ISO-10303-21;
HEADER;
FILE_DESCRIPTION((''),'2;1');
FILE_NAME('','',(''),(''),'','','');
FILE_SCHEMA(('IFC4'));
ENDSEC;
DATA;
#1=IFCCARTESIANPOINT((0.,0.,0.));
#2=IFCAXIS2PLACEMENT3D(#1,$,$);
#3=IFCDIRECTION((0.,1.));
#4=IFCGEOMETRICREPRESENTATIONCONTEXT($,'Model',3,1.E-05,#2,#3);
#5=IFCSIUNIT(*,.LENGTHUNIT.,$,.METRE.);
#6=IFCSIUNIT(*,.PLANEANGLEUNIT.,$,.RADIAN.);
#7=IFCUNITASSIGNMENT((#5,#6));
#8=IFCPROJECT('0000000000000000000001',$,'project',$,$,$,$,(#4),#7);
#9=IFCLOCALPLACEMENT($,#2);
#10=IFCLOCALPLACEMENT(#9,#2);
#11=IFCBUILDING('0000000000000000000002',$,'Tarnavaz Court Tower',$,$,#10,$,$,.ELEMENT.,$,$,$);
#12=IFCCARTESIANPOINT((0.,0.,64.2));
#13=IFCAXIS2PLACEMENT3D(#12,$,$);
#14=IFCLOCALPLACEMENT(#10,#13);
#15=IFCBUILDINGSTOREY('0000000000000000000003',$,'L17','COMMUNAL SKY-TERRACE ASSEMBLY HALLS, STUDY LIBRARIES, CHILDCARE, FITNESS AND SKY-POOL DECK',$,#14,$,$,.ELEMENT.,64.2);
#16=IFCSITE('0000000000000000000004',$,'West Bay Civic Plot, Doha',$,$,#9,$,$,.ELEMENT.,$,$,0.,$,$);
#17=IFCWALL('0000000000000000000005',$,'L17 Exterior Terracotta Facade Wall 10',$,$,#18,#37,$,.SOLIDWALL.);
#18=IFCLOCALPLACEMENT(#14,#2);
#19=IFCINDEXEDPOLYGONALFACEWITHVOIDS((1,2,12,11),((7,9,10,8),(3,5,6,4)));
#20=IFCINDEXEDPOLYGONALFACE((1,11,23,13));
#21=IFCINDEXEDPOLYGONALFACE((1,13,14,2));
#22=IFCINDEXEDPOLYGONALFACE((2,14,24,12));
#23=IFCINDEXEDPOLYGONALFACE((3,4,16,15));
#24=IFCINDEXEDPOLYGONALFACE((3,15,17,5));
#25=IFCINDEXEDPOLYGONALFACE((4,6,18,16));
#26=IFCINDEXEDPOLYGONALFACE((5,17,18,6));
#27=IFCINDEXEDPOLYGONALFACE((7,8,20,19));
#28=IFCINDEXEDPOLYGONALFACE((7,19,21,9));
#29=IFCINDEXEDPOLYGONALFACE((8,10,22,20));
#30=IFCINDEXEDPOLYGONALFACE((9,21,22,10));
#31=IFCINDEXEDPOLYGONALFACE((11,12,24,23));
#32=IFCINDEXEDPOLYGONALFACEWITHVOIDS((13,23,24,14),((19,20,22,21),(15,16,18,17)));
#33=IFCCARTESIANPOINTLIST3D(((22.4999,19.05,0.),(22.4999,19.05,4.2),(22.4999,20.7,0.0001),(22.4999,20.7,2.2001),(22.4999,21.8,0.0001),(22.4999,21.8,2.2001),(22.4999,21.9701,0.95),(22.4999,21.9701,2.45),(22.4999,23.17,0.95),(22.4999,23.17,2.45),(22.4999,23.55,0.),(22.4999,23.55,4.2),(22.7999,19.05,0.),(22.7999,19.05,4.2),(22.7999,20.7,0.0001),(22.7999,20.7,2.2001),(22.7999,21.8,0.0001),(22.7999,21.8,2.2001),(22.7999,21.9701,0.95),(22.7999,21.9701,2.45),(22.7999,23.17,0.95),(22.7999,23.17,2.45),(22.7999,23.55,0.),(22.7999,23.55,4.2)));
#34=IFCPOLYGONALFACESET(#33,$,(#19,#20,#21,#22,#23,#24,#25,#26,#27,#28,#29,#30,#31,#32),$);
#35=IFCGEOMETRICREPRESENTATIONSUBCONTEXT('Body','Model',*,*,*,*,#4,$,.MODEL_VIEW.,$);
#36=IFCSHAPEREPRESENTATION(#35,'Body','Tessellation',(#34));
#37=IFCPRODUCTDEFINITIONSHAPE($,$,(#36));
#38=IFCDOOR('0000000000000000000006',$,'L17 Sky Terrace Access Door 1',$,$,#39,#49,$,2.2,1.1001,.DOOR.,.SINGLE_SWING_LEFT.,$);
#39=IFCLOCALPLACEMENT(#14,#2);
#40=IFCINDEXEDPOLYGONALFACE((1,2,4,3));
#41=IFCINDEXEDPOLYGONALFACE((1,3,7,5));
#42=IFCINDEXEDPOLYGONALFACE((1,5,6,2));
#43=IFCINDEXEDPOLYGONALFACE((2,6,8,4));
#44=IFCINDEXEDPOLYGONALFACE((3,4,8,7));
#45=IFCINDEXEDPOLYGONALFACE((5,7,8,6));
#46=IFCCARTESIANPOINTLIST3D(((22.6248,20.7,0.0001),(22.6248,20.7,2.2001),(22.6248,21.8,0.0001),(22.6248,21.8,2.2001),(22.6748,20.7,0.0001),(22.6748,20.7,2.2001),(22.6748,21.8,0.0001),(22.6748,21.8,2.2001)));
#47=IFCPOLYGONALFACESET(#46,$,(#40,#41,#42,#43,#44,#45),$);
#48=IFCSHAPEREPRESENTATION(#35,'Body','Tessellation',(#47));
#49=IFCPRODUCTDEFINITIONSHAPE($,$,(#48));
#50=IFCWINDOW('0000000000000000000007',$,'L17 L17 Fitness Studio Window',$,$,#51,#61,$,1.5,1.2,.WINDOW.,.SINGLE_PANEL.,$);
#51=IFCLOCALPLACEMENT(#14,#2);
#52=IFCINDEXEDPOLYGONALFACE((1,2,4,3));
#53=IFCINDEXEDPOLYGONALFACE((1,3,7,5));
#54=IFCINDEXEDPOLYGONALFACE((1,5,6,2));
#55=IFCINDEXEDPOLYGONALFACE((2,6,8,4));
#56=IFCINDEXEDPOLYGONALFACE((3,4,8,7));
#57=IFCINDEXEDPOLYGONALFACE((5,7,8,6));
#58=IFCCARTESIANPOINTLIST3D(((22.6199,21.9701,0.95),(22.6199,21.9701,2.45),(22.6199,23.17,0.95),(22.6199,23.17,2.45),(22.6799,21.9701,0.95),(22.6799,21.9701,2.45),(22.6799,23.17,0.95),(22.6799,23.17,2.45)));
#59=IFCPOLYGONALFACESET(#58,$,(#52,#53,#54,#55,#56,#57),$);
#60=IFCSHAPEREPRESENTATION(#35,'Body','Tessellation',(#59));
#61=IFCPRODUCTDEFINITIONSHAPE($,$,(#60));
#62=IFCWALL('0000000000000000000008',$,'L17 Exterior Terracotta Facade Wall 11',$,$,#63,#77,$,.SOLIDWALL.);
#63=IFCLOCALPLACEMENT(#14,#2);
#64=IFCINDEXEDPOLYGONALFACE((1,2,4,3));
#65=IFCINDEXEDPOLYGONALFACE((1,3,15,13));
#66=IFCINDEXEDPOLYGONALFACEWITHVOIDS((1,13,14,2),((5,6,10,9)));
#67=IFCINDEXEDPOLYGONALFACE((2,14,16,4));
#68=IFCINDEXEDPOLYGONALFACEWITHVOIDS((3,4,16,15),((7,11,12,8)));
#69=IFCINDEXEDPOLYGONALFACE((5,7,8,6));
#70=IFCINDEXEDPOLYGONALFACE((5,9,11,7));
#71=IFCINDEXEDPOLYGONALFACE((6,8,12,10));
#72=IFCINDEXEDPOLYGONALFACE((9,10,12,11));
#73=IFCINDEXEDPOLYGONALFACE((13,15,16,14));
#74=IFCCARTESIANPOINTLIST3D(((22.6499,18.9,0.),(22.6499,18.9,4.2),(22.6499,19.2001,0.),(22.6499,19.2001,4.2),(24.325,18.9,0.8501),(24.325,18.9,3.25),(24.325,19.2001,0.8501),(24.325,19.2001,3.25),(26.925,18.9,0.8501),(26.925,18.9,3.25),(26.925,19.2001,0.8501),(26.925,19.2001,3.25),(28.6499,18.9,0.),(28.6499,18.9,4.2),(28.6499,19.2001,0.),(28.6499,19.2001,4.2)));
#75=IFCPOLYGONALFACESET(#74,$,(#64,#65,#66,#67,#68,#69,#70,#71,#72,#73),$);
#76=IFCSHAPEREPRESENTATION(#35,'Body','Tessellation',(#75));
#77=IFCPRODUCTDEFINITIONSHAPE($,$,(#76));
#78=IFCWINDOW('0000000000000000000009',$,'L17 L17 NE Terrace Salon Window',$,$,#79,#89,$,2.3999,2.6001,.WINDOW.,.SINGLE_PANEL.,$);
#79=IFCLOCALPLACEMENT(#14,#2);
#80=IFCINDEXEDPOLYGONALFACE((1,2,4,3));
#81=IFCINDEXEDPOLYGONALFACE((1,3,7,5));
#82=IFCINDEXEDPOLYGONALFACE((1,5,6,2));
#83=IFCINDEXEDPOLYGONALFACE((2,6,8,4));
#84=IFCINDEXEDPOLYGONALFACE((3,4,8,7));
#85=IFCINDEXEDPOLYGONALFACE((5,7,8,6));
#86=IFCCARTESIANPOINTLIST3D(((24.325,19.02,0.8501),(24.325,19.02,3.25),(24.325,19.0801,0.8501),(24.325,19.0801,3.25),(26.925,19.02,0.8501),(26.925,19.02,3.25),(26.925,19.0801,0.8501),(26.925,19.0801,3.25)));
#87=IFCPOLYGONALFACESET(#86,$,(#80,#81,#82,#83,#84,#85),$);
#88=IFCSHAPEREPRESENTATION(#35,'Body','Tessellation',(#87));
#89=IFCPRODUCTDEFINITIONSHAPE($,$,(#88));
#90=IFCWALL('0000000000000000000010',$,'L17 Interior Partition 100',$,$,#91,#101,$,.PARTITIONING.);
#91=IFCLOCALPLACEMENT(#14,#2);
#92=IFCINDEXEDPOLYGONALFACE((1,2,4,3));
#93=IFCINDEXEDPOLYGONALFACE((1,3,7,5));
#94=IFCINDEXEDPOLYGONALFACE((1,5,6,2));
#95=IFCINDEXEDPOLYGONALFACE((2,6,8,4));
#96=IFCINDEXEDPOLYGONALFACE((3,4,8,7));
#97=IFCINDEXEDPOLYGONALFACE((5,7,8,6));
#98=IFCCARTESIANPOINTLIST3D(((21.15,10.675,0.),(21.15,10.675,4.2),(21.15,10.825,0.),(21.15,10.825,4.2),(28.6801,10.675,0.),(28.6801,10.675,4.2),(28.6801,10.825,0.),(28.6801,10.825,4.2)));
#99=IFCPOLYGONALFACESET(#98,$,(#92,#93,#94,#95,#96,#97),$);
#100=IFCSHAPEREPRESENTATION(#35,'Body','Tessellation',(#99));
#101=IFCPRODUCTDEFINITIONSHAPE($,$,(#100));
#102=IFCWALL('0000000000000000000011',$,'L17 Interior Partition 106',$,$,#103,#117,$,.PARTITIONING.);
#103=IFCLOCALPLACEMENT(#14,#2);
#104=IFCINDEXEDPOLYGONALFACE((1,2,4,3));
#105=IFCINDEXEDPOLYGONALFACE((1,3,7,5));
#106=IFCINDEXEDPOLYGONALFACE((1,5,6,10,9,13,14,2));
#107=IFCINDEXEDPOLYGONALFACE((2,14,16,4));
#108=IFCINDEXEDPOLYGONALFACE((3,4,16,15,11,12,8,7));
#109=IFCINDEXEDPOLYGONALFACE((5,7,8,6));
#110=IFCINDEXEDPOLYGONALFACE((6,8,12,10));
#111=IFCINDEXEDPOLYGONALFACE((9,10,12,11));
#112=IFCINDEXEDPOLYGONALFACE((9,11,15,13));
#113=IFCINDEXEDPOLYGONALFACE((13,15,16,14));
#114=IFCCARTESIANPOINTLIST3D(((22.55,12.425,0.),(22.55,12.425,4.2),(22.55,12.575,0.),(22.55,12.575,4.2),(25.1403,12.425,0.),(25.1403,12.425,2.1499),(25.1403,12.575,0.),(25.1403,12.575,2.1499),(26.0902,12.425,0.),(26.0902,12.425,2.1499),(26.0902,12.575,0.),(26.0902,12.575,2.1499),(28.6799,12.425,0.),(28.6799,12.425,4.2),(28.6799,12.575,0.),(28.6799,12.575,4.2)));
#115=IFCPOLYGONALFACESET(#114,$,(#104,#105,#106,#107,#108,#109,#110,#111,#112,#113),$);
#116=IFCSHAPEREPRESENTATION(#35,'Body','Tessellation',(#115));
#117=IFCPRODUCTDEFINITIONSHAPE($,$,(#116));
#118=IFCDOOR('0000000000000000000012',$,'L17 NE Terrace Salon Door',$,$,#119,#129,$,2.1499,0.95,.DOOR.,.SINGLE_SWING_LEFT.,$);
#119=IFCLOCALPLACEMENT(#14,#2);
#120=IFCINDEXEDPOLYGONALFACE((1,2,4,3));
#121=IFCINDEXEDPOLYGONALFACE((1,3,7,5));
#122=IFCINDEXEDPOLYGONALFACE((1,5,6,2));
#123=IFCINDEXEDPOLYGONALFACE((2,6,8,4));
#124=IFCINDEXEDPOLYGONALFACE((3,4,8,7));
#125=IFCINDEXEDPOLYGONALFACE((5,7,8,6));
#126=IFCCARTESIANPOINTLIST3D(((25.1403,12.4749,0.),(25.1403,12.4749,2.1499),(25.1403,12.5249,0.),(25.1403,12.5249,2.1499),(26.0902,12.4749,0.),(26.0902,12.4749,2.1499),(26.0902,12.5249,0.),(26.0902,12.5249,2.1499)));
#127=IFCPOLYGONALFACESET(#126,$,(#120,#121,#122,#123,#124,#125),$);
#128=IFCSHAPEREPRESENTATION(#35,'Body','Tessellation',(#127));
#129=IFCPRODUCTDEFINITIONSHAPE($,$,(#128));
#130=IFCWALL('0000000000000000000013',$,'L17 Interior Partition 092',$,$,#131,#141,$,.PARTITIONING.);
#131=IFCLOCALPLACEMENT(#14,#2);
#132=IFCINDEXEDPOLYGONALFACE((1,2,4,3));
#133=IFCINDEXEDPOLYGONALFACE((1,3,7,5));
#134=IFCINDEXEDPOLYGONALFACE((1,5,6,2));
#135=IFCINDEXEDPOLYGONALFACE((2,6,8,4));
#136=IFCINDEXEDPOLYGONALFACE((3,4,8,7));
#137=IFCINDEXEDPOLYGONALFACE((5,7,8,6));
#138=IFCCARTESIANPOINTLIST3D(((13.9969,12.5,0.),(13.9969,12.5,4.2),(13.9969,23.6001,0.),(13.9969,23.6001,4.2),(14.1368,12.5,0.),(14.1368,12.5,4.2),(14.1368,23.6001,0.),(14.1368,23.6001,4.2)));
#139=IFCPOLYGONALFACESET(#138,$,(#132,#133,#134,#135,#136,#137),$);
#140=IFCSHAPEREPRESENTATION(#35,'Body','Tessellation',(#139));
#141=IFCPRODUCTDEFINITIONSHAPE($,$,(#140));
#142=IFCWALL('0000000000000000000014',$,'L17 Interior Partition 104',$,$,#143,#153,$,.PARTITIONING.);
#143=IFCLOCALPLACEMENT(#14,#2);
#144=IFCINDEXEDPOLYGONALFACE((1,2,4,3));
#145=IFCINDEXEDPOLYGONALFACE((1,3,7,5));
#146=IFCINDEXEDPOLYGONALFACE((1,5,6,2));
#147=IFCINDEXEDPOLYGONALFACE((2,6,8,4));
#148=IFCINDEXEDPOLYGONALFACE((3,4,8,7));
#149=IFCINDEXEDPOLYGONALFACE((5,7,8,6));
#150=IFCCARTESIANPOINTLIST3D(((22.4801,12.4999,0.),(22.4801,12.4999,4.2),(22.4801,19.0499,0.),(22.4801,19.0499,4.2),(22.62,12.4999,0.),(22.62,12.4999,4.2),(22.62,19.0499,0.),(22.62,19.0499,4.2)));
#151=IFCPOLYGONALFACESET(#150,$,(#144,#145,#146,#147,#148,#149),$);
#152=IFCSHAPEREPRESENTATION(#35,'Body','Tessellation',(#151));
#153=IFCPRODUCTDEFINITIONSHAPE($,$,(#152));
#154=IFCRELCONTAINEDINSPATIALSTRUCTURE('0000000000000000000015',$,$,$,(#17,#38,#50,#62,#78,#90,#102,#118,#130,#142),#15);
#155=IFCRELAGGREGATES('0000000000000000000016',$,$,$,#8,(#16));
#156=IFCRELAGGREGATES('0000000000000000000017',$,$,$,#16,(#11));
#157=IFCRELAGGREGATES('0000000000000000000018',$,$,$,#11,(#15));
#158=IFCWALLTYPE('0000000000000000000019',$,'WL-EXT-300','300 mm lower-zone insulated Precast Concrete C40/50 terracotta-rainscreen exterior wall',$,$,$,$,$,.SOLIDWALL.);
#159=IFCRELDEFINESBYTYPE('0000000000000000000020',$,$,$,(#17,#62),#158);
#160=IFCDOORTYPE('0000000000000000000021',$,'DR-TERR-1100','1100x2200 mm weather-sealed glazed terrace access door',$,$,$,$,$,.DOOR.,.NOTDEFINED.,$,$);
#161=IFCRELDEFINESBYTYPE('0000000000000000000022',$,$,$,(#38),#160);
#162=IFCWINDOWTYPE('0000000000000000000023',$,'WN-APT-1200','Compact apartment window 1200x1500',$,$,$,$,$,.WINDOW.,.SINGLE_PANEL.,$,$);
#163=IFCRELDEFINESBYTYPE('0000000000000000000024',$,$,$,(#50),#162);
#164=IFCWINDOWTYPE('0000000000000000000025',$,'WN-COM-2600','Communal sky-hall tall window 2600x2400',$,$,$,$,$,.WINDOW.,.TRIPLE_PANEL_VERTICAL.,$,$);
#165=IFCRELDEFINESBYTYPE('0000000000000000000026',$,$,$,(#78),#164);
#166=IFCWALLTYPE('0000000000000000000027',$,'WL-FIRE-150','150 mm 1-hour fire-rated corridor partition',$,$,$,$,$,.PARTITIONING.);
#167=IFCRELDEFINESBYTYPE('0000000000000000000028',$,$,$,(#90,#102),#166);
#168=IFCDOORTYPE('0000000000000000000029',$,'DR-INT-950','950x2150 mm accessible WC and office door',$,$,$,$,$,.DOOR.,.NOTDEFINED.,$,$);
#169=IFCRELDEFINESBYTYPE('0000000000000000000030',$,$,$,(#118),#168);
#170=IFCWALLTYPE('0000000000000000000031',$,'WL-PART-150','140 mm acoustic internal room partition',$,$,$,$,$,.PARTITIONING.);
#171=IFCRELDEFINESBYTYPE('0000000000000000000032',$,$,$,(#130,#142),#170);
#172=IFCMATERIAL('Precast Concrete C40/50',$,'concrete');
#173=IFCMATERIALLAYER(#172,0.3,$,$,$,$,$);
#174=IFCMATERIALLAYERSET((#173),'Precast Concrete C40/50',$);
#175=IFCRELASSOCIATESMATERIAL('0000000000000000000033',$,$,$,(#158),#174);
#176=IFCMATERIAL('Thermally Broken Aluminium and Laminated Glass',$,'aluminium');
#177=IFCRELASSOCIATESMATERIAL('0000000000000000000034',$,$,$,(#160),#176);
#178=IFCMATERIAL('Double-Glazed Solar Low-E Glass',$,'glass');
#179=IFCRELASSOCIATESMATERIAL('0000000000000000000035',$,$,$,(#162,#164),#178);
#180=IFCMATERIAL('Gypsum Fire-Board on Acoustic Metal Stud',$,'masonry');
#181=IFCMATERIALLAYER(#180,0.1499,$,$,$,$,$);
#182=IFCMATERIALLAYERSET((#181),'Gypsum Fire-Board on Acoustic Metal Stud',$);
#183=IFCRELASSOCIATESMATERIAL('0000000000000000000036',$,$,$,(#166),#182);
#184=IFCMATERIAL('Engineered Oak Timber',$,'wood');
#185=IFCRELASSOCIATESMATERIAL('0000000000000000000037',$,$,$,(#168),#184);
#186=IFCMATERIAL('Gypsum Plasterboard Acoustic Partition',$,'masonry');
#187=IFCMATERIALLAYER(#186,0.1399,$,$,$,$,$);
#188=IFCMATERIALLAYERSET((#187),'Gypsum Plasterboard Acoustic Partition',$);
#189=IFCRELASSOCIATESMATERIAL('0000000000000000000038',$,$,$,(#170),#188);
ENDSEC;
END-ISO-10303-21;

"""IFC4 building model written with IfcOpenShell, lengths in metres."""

from ifc_helpers import new_model, si_unit, direction, frame, frame_2d, origin, place, context, subcontext, project, spatial, rectangle, extrude, material, layer, layer_set, type_object, element, fill, save


model = new_model("IFC4")

# Units and contexts
model_context = context("Model", 3, precision=1e-05, world=origin(), true_north=direction((0.0, 1.0)))
body_context = subcontext(model_context, "Body", "Model", "MODEL_VIEW")
ifc_project = project(units=[si_unit("LENGTHUNIT", "METRE"), si_unit("PLANEANGLEUNIT", "RADIAN")], contexts=[model_context])

# Site, building, storey
site_placement = place(None, origin())
site = spatial("IfcSite", under=ifc_project, at=site_placement, Name="West Bay Civic Plot, Doha", CompositionType="ELEMENT", RefElevation=0.0)
building_placement = place(site_placement, origin())
building = spatial("IfcBuilding", under=site, at=building_placement, Name="Tarnavaz Court Tower", CompositionType="ELEMENT")
storey_placement = place(building_placement, frame((0.0, 0.0, 64.2)))
storey = spatial("IfcBuildingStorey", under=building, at=storey_placement, Name="L17", Description="COMMUNAL SKY-TERRACE ASSEMBLY HALLS, STUDY LIBRARIES, CHILDCARE, FITNESS AND SKY-POOL DECK", CompositionType="ELEMENT", Elevation=64.2)

# Shared definitions
ifc_material_1 = material(Name="Double-Glazed Solar Low-E Glass", Category="glass")

# Wall, openings, door, window
ifc_material_2 = material(Name="Precast Concrete C40/50", Category="concrete")
ifc_layer_1 = layer(ifc_material_2, 0.3)
ifc_layer_set_1 = layer_set([ifc_layer_1], Name="Precast Concrete C40/50")
wall_type_1 = type_object("IfcWallType", Name="WL-EXT-300", Description="300 mm lower-zone insulated Precast Concrete C40/50 terracotta-rainscreen exterior wall", PredefinedType="SOLIDWALL", material=ifc_layer_set_1)
wall_1_placement = place(storey_placement, frame((22.6499, 23.55, 0.0), z_axis=(0.0, 0.0, 1.0), x_axis=(0.0, -1.0, 0.0)))
wall_1 = element("IfcWall", 1, at=wall_1_placement, inside=storey, type_object=wall_type_1, Name="L17 Exterior Terracotta Facade Wall 10", PredefinedType="SOLIDWALL", context=body_context, shape_type="SweptSolid", body=[
    extrude(rectangle(XDim=4.5, YDim=0.3, at=frame_2d((2.25, 0.0))), origin(), (0.0, 0.0, 1.0), 4.2),
])
opening_1_placement = place(wall_1_placement, frame((1.75, 0.0, 0.0)))
opening_1 = element("IfcOpeningElement", 2, at=opening_1_placement, cuts=wall_1, PredefinedType="OPENING", context=body_context, shape_type="SweptSolid", body=[
    extrude(rectangle(XDim=1.1001, YDim=2.2, at=frame_2d((0.55, 1.1001))), frame((0.0, 0.1599, 0.0), z_axis=(0.0, -1.0, 0.0), x_axis=(1.0, 0.0, 0.0)), (0.0, 0.0, 1.0), 0.3201),
])
opening_2_placement = place(wall_1_placement, frame((0.3799, 0.0, 0.95)))
opening_2 = element("IfcOpeningElement", 3, at=opening_2_placement, cuts=wall_1, PredefinedType="OPENING", context=body_context, shape_type="SweptSolid", body=[
    extrude(rectangle(XDim=1.2, YDim=1.5, at=frame_2d((0.6001, 0.75))), frame((0.0, 0.1599, 0.0), z_axis=(0.0, -1.0, 0.0), x_axis=(1.0, 0.0, 0.0)), (0.0, 0.0, 1.0), 0.3201),
])
ifc_material_3 = material(Name="Thermally Broken Aluminium and Laminated Glass", Category="aluminium")
door_type_1 = type_object("IfcDoorType", Name="DR-TERR-1100", Description="1100x2200 mm weather-sealed glazed terrace access door", OperationType="NOTDEFINED", PredefinedType="DOOR", material=ifc_material_3)
door_1_placement = place(opening_1_placement, origin())
door_1 = element("IfcDoor", 4, at=door_1_placement, inside=storey, type_object=door_type_1, Name="L17 Sky Terrace Access Door 1", OperationType="SINGLE_SWING_LEFT", OverallHeight=2.2, OverallWidth=1.1001, PredefinedType="DOOR", context=body_context, shape_type="SweptSolid", body=[
    extrude(rectangle(XDim=1.1001, YDim=2.2, at=frame_2d((0.55, 1.1001))), frame((0.0, 0.0249, 0.0), z_axis=(0.0, -1.0, 0.0), x_axis=(1.0, 0.0, 0.0)), (0.0, 0.0, 1.0), 0.05),
])
fill(opening_1, door_1)
window_type_1 = type_object("IfcWindowType", Name="WN-APT-1200", Description="Compact apartment window 1200x1500", PartitioningType="SINGLE_PANEL", PredefinedType="WINDOW", material=ifc_material_1)
window_1_placement = place(opening_2_placement, origin())
window_1 = element("IfcWindow", 5, at=window_1_placement, inside=storey, type_object=window_type_1, Name="L17 L17 Fitness Studio Window", OverallHeight=1.5, OverallWidth=1.2, PartitioningType="SINGLE_PANEL", PredefinedType="WINDOW", context=body_context, shape_type="SweptSolid", body=[
    extrude(rectangle(XDim=1.2, YDim=1.5, at=frame_2d((0.6001, 0.75))), frame((0.0, 0.03, 0.0), z_axis=(0.0, -1.0, 0.0), x_axis=(1.0, 0.0, 0.0)), (0.0, 0.0, 1.0), 0.0601),
])
fill(opening_2, window_1)

# Wall, opening, window
wall_2_placement = place(storey_placement, frame((22.6499, 19.05, 0.0), z_axis=(0.0, 0.0, 1.0), x_axis=(1.0, 0.0, 0.0)))
wall_2 = element("IfcWall", 6, at=wall_2_placement, inside=storey, type_object=wall_type_1, Name="L17 Exterior Terracotta Facade Wall 11", PredefinedType="SOLIDWALL", context=body_context, shape_type="SweptSolid", body=[
    extrude(rectangle(XDim=6.0, YDim=0.3, at=frame_2d((3.0, 0.0))), origin(), (0.0, 0.0, 1.0), 4.2),
])
opening_3_placement = place(wall_2_placement, frame((1.675, 0.0, 0.8501)))
opening_3 = element("IfcOpeningElement", 7, at=opening_3_placement, cuts=wall_2, PredefinedType="OPENING", context=body_context, shape_type="SweptSolid", body=[
    extrude(rectangle(XDim=2.6001, YDim=2.3999, at=frame_2d((1.3, 1.2))), frame((0.0, 0.1599, 0.0), z_axis=(0.0, -1.0, 0.0), x_axis=(1.0, 0.0, 0.0)), (0.0, 0.0, 1.0), 0.3201),
])
window_type_2 = type_object("IfcWindowType", Name="WN-COM-2600", Description="Communal sky-hall tall window 2600x2400", PartitioningType="TRIPLE_PANEL_VERTICAL", PredefinedType="WINDOW", material=ifc_material_1)
window_2_placement = place(opening_3_placement, origin())
window_2 = element("IfcWindow", 8, at=window_2_placement, inside=storey, type_object=window_type_2, Name="L17 L17 NE Terrace Salon Window", OverallHeight=2.3999, OverallWidth=2.6001, PartitioningType="SINGLE_PANEL", PredefinedType="WINDOW", context=body_context, shape_type="SweptSolid", body=[
    extrude(rectangle(XDim=2.6001, YDim=2.3999, at=frame_2d((1.3, 1.2))), frame((0.0, 0.03, 0.0), z_axis=(0.0, -1.0, 0.0), x_axis=(1.0, 0.0, 0.0)), (0.0, 0.0, 1.0), 0.0601),
])
fill(opening_3, window_2)

# Wall
ifc_material_4 = material(Name="Gypsum Fire-Board on Acoustic Metal Stud", Category="masonry")
ifc_layer_2 = layer(ifc_material_4, 0.1499)
ifc_layer_set_2 = layer_set([ifc_layer_2], Name="Gypsum Fire-Board on Acoustic Metal Stud")
wall_type_2 = type_object("IfcWallType", Name="WL-FIRE-150", Description="150 mm 1-hour fire-rated corridor partition", PredefinedType="PARTITIONING", material=ifc_layer_set_2)
wall_3_placement = place(storey_placement, frame((21.1499, 10.75, 0.0), z_axis=(0.0, 0.0, 1.0), x_axis=(1.0, 0.0, 0.0)))
element("IfcWall", 9, at=wall_3_placement, inside=storey, type_object=wall_type_2, Name="L17 Interior Partition 100", PredefinedType="PARTITIONING", context=body_context, shape_type="SweptSolid", body=[
    extrude(rectangle(XDim=7.53, YDim=0.1499, at=frame_2d((3.7651, 0.0))), origin(), (0.0, 0.0, 1.0), 4.2),
])

# Wall, opening, door
wall_4_placement = place(storey_placement, frame((22.55, 12.5, 0.0), z_axis=(0.0, 0.0, 1.0), x_axis=(1.0, 0.0, 0.0)))
wall_4 = element("IfcWall", 10, at=wall_4_placement, inside=storey, type_object=wall_type_2, Name="L17 Interior Partition 106", PredefinedType="PARTITIONING", context=body_context, shape_type="SweptSolid", body=[
    extrude(rectangle(XDim=6.1299, YDim=0.1499, at=frame_2d((3.0649, 0.0))), origin(), (0.0, 0.0, 1.0), 4.2),
])
opening_4_placement = place(wall_4_placement, frame((2.5901, 0.0, 0.0)))
opening_4 = element("IfcOpeningElement", 11, at=opening_4_placement, cuts=wall_4, PredefinedType="OPENING", context=body_context, shape_type="SweptSolid", body=[
    extrude(rectangle(XDim=0.95, YDim=2.1499, at=frame_2d((0.4751, 1.075))), frame((0.0, 0.085, 0.0), z_axis=(0.0, -1.0, 0.0), x_axis=(1.0, 0.0, 0.0)), (0.0, 0.0, 1.0), 0.1699),
])
ifc_material_5 = material(Name="Engineered Oak Timber", Category="wood")
door_type_2 = type_object("IfcDoorType", Name="DR-INT-950", Description="950x2150 mm accessible WC and office door", OperationType="NOTDEFINED", PredefinedType="DOOR", material=ifc_material_5)
door_2_placement = place(opening_4_placement, origin())
door_2 = element("IfcDoor", 12, at=door_2_placement, inside=storey, type_object=door_type_2, Name="L17 NE Terrace Salon Door", OperationType="SINGLE_SWING_LEFT", OverallHeight=2.1499, OverallWidth=0.95, PredefinedType="DOOR", context=body_context, shape_type="SweptSolid", body=[
    extrude(rectangle(XDim=0.95, YDim=2.1499, at=frame_2d((0.4751, 1.075))), frame((0.0, 0.0249, 0.0), z_axis=(0.0, -1.0, 0.0), x_axis=(1.0, 0.0, 0.0)), (0.0, 0.0, 1.0), 0.05),
])
fill(opening_4, door_2)

# Walls
ifc_material_6 = material(Name="Gypsum Plasterboard Acoustic Partition", Category="masonry")
ifc_layer_3 = layer(ifc_material_6, 0.1399)
ifc_layer_set_3 = layer_set([ifc_layer_3], Name="Gypsum Plasterboard Acoustic Partition")
wall_type_3 = type_object("IfcWallType", Name="WL-PART-150", Description="140 mm acoustic internal room partition", PredefinedType="PARTITIONING", material=ifc_layer_set_3)
wall_5_placement = place(storey_placement, frame((14.0669, 12.5, 0.0), z_axis=(0.0, 0.0, 1.0), x_axis=(0.0, 1.0, 0.0)))
element("IfcWall", 13, at=wall_5_placement, inside=storey, type_object=wall_type_3, Name="L17 Interior Partition 092", PredefinedType="PARTITIONING", context=body_context, shape_type="SweptSolid", body=[
    extrude(rectangle(XDim=11.1001, YDim=0.1399, at=frame_2d((5.55, 0.0))), origin(), (0.0, 0.0, 1.0), 4.2),
])
wall_6_placement = place(storey_placement, frame((22.55, 12.5, 0.0), z_axis=(0.0, 0.0, 1.0), x_axis=(0.0, 1.0, 0.0)))
element("IfcWall", 14, at=wall_6_placement, inside=storey, type_object=wall_type_3, Name="L17 Interior Partition 104", PredefinedType="PARTITIONING", context=body_context, shape_type="SweptSolid", body=[
    extrude(rectangle(XDim=6.55, YDim=0.1399, at=frame_2d((3.2749, 0.0))), origin(), (0.0, 0.0, 1.0), 4.2),
])

save(model, "model.ifc")
